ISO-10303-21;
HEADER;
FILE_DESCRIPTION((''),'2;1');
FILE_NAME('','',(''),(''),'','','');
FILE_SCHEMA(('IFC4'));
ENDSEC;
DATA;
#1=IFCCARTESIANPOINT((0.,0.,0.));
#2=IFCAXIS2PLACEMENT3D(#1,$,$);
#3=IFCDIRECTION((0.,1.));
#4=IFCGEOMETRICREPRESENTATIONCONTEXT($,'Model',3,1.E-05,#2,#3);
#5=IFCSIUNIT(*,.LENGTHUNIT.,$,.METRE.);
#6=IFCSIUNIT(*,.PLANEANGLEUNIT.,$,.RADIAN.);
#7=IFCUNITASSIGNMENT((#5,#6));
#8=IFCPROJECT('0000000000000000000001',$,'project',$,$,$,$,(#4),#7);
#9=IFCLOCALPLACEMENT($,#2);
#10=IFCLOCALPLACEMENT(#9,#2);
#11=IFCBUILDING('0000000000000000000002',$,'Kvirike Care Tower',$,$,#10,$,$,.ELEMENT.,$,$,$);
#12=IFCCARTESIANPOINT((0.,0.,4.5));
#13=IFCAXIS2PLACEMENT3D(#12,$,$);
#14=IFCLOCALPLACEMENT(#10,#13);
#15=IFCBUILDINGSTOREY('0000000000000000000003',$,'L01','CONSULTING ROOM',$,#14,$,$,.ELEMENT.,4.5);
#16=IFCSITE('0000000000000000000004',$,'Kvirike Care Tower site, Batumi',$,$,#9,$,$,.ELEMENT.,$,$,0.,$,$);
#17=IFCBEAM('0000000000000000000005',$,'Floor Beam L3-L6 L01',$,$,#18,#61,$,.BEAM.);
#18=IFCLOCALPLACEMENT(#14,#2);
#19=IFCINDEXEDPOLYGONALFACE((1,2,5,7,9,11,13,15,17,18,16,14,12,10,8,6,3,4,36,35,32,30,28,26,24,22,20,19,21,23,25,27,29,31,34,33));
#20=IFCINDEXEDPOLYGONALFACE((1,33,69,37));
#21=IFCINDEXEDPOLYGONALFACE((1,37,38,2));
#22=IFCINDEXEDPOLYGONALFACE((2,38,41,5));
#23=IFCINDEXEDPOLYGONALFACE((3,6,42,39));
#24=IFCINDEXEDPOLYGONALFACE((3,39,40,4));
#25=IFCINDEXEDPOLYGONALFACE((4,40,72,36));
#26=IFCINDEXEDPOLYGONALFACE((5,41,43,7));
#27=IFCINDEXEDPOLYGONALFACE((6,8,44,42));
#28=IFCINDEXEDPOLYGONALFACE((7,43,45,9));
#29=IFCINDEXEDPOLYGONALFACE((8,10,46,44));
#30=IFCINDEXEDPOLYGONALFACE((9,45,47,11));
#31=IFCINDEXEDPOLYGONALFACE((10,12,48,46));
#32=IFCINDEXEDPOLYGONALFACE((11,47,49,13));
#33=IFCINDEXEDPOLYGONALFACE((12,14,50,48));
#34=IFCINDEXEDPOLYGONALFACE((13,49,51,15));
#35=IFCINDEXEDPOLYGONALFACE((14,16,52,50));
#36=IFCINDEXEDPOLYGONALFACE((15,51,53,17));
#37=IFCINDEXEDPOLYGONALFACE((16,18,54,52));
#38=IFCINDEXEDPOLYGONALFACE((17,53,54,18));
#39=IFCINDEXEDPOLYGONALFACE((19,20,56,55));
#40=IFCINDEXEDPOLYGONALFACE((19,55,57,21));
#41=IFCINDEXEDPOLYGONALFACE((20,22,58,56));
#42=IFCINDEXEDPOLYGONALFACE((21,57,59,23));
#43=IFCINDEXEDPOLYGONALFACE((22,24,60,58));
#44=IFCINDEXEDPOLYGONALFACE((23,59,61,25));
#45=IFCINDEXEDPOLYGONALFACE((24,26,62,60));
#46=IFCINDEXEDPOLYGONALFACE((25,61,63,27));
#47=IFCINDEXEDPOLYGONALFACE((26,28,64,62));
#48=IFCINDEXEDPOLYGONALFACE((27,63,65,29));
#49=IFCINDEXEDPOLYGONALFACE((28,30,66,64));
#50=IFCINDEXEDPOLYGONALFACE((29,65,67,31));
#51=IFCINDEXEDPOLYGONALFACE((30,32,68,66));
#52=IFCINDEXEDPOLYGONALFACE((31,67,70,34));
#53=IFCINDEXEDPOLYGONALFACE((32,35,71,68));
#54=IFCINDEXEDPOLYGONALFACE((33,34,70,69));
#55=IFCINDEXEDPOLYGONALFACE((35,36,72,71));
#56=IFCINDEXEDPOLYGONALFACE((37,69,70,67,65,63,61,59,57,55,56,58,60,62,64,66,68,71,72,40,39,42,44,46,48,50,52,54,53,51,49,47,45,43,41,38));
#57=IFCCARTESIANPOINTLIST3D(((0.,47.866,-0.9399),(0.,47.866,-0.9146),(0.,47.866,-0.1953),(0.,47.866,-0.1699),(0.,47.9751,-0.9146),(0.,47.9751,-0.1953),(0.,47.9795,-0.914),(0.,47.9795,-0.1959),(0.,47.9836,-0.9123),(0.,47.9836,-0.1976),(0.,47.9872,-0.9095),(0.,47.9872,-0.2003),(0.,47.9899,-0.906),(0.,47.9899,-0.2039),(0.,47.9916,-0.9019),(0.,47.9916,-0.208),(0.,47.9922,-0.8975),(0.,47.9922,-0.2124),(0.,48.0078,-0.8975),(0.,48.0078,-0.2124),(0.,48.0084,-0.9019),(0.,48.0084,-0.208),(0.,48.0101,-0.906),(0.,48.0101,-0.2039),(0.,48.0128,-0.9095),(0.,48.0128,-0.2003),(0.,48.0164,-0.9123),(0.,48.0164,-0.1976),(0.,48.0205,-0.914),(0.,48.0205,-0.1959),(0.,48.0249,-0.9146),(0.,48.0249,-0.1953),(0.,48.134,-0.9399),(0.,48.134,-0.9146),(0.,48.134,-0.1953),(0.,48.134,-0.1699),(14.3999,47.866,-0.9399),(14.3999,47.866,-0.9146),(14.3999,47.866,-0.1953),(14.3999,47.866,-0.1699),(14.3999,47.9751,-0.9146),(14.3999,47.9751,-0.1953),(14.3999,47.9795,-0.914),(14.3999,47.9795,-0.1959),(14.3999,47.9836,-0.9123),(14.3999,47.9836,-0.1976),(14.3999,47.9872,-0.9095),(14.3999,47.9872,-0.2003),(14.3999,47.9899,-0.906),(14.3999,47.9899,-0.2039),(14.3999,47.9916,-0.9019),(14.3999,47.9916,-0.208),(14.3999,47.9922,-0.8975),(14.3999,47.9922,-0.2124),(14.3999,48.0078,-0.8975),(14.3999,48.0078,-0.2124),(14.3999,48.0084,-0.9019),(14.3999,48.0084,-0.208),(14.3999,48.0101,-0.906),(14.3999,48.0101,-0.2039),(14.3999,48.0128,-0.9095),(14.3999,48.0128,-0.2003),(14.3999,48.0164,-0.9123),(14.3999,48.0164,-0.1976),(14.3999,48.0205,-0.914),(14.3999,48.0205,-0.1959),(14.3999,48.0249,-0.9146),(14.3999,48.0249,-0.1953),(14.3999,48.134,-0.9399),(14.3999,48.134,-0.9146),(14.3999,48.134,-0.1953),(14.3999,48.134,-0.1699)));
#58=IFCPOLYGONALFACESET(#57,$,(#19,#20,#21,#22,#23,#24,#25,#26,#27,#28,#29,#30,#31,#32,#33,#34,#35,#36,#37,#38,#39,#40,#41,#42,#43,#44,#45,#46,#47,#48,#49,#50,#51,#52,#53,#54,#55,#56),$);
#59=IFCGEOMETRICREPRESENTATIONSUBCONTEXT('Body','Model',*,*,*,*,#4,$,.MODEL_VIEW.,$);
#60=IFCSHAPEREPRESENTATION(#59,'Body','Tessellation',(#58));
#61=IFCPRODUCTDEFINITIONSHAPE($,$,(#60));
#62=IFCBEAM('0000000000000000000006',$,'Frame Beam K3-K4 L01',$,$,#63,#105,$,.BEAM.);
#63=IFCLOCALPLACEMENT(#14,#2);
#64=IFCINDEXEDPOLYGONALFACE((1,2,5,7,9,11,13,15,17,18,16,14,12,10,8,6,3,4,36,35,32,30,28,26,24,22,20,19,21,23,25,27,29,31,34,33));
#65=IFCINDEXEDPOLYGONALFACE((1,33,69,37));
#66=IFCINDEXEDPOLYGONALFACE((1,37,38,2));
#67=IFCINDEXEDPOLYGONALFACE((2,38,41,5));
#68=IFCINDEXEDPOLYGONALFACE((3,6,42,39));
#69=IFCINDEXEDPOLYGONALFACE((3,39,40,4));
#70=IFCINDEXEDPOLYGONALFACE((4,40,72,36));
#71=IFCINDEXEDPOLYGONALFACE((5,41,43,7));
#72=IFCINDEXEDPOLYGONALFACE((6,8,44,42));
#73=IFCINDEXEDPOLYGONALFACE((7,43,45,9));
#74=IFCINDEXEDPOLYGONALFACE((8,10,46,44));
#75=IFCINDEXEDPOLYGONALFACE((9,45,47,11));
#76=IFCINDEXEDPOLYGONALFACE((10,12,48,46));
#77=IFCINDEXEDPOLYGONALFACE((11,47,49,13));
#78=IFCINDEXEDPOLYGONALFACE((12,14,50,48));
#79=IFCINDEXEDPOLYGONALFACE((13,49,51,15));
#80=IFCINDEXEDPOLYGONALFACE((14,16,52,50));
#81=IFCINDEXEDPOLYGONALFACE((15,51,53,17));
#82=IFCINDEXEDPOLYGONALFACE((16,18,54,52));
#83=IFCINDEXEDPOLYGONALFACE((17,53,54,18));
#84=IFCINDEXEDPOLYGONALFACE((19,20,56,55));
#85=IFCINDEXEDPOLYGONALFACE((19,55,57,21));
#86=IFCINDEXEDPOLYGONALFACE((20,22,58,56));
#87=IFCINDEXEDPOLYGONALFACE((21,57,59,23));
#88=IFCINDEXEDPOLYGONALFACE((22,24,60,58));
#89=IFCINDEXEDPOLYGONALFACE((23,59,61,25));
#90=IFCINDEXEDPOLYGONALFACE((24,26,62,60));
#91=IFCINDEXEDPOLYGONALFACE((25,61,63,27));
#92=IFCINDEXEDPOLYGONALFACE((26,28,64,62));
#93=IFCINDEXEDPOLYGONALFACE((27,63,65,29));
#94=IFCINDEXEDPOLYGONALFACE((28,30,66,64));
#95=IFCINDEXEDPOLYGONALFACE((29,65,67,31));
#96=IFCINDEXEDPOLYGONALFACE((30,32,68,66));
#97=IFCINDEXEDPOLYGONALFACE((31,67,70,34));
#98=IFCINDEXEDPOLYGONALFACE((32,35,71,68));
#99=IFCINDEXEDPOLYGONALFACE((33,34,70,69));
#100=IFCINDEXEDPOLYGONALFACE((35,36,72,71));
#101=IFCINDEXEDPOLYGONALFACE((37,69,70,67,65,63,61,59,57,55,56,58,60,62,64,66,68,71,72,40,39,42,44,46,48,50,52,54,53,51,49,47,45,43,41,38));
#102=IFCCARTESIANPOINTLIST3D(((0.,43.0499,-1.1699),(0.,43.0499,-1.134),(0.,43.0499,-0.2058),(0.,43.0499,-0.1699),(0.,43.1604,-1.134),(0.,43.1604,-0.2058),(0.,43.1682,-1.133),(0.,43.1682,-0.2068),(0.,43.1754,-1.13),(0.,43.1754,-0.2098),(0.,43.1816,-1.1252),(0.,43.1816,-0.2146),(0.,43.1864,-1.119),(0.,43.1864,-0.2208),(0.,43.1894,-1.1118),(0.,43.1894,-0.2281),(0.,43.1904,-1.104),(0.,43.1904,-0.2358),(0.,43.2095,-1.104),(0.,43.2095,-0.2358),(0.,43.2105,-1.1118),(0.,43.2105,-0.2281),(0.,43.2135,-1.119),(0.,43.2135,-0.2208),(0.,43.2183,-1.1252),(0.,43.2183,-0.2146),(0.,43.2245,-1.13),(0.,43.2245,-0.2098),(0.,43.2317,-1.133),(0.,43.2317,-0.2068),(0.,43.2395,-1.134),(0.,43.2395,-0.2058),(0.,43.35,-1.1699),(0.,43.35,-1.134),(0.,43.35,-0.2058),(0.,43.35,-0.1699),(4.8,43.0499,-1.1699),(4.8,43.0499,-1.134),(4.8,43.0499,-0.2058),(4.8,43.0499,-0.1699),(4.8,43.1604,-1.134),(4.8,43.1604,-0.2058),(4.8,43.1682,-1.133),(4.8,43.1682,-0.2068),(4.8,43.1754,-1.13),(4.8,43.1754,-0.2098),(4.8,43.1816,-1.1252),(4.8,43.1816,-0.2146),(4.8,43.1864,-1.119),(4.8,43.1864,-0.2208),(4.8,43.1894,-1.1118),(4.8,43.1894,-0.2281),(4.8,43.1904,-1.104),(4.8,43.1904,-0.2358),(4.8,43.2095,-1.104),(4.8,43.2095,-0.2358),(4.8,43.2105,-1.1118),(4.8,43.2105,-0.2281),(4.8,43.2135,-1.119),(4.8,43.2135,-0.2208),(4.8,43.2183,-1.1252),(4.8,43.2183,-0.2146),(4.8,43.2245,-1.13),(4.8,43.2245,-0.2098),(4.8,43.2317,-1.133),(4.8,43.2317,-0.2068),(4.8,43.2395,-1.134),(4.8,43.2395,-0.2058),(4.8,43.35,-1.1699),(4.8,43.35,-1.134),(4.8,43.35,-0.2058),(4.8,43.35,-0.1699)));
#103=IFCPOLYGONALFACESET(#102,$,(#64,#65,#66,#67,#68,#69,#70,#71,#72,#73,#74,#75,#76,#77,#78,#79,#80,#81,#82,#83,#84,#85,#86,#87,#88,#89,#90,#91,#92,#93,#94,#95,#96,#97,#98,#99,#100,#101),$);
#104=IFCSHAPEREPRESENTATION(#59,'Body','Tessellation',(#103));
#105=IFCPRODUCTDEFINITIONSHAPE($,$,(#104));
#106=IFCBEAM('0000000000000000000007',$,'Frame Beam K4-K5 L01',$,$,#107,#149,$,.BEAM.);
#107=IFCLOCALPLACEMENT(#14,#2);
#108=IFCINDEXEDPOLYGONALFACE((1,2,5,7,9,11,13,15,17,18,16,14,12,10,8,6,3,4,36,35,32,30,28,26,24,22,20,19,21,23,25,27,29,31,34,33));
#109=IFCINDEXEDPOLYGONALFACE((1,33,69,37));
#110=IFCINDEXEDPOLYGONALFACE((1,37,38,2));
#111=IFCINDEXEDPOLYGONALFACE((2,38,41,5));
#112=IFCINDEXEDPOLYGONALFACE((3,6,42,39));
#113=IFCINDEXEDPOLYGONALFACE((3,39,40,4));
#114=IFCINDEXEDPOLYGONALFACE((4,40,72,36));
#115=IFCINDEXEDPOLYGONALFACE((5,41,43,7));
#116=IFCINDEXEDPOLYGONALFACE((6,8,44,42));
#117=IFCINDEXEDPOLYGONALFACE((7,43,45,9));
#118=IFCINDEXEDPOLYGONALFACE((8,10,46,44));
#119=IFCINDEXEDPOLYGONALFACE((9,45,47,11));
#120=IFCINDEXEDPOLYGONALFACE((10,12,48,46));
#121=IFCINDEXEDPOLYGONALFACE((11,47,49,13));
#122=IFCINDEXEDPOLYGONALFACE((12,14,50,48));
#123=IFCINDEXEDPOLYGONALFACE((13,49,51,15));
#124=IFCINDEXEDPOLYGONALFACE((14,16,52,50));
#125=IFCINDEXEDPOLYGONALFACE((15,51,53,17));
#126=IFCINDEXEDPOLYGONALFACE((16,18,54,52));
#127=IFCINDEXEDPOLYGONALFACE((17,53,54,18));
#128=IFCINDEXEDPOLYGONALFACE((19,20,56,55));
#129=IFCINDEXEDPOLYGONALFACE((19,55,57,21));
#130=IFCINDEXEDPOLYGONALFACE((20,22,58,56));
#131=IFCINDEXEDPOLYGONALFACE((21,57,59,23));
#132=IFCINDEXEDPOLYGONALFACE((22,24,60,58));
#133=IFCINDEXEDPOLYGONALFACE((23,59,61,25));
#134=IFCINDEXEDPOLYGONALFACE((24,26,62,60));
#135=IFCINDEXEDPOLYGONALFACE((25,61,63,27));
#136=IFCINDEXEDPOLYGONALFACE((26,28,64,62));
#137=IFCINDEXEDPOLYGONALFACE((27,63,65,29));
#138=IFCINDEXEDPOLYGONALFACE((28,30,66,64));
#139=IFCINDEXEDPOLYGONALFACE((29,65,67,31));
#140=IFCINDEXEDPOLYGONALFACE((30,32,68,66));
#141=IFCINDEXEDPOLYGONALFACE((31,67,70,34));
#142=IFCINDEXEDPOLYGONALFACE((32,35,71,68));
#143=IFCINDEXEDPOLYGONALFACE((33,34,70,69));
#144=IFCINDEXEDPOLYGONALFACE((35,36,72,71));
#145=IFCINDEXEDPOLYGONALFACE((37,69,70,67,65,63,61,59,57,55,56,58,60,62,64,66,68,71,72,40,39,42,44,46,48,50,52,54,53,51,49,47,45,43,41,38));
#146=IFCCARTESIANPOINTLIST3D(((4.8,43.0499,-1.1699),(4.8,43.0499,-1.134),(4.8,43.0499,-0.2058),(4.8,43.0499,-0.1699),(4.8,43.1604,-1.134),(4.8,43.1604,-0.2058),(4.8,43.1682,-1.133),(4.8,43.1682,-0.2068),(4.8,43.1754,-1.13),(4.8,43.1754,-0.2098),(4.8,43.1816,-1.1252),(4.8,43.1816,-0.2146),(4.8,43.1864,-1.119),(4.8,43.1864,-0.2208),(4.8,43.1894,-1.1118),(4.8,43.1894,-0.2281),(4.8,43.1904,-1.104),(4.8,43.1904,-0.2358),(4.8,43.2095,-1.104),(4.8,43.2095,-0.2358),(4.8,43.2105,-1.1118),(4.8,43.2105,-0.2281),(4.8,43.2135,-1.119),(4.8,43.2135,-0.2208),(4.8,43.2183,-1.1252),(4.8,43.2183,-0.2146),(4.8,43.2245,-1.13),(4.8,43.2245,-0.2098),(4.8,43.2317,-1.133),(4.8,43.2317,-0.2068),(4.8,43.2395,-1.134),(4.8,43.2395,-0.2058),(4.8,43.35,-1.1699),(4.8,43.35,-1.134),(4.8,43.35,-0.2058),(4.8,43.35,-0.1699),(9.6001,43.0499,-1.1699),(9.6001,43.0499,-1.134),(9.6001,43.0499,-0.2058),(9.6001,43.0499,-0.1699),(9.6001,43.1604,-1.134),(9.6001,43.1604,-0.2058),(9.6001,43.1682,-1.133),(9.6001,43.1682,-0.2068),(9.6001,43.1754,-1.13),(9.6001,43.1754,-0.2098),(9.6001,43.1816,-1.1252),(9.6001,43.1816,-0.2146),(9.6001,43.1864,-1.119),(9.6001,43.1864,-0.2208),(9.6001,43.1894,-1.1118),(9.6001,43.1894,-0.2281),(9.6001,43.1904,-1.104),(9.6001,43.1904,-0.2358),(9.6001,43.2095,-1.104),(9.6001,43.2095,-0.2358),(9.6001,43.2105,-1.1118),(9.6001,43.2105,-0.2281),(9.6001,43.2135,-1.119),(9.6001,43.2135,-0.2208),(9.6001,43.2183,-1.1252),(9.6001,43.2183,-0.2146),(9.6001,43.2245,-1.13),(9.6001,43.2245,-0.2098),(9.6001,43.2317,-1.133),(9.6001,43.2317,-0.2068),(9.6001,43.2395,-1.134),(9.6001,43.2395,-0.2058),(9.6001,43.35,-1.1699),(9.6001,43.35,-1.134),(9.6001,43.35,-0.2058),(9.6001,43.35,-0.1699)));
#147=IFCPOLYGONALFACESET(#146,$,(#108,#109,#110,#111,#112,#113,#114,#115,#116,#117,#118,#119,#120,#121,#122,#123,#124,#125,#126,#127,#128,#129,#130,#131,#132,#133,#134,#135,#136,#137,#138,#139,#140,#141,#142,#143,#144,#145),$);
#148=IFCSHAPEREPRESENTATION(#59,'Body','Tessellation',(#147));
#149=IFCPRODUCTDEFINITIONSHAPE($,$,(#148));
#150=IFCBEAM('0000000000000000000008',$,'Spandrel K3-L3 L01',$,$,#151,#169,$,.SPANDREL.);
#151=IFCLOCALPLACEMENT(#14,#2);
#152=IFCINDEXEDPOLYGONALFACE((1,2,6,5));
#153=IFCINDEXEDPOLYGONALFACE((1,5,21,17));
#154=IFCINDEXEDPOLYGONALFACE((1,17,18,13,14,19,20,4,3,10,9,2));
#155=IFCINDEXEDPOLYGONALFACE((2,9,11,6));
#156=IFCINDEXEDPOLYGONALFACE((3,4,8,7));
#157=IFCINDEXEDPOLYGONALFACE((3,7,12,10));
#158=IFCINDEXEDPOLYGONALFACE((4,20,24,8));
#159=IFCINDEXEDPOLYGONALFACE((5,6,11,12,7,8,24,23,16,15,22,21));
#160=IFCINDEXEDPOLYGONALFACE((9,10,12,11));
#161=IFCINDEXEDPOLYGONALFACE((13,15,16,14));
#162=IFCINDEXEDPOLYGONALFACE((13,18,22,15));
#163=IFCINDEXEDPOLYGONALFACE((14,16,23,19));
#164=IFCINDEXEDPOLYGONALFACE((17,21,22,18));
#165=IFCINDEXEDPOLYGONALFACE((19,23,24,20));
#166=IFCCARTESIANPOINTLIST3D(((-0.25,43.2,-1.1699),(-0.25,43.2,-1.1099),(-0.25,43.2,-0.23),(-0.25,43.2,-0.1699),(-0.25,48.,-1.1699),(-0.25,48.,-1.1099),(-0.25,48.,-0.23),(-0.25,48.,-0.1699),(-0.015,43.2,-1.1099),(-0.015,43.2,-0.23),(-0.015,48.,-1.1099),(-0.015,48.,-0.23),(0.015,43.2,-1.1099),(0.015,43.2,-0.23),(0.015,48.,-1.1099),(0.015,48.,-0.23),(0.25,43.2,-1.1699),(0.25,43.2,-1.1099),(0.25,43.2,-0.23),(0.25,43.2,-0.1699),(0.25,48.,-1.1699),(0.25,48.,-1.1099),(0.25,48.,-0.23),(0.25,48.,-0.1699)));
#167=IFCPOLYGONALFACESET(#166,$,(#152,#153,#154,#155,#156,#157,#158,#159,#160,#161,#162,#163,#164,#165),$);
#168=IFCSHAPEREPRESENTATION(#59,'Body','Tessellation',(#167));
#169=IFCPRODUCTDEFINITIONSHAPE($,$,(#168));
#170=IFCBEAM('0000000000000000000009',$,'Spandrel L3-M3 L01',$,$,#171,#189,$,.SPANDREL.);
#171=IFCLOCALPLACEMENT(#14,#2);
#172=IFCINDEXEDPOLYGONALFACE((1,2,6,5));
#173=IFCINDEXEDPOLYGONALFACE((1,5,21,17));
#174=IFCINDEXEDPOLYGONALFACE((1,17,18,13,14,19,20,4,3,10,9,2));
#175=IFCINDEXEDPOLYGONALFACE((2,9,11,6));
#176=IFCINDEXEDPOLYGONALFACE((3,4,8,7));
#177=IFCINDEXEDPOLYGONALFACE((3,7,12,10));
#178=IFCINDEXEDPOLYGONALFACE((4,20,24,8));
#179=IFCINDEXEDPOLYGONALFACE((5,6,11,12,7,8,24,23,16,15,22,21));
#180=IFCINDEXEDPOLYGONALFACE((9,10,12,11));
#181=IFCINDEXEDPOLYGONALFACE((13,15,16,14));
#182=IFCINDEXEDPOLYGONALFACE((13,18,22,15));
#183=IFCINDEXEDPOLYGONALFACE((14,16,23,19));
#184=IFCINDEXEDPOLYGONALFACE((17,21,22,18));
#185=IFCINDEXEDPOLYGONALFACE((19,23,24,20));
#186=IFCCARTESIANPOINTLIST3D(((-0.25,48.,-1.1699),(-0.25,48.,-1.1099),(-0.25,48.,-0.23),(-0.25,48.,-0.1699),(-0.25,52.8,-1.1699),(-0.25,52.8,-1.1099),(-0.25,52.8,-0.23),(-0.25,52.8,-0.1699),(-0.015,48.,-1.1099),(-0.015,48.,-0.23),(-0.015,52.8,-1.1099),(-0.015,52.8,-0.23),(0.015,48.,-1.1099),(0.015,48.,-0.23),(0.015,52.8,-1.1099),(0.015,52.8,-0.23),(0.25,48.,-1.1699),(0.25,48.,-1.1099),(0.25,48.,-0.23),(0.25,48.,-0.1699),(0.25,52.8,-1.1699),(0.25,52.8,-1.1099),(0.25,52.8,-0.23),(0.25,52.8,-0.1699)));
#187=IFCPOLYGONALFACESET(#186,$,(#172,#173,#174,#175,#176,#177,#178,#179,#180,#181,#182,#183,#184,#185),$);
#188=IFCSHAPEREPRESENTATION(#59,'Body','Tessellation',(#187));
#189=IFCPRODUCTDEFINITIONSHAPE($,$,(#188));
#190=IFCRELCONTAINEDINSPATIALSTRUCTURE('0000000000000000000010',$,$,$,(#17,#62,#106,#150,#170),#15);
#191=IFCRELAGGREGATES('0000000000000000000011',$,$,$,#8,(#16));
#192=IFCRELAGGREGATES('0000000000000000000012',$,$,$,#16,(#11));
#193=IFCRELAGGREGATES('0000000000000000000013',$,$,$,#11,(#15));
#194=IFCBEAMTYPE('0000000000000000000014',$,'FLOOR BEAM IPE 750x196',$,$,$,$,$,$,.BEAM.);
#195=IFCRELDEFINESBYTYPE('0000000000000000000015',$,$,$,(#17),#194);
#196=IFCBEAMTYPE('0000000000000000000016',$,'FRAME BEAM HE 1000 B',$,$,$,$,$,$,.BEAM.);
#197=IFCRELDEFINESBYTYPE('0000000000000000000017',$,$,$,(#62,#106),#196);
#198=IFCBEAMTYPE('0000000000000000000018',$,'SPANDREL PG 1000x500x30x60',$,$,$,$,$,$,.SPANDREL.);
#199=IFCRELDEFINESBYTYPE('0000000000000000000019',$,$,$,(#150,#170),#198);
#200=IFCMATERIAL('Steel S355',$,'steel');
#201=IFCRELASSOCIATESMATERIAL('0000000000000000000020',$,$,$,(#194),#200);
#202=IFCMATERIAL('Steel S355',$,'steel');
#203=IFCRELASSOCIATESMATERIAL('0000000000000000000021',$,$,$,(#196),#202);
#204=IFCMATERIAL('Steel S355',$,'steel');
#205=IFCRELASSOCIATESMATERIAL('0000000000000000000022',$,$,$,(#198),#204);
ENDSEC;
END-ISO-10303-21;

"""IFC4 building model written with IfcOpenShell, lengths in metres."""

from ifc_helpers import new_model, si_unit, direction, frame, origin, origin_2d, place, context, subcontext, project, spatial, i_section, extrude, material, material_profile, profile_set, type_object, element, save


model = new_model("IFC4")

# Units and contexts
model_context = context("Model", 3, precision=1e-05, world=origin(), true_north=direction((0.0, 1.0)))
body_context = subcontext(model_context, "Body", "Model", "MODEL_VIEW")
ifc_project = project(units=[si_unit("LENGTHUNIT", "METRE"), si_unit("PLANEANGLEUNIT", "RADIAN")], contexts=[model_context])

# Site, building, storey
site_placement = place(None, origin())
site = spatial("IfcSite", under=ifc_project, at=site_placement, Name="Kvirike Care Tower site, Batumi", CompositionType="ELEMENT", RefElevation=0.0)
building_placement = place(site_placement, origin())
building = spatial("IfcBuilding", under=site, at=building_placement, Name="Kvirike Care Tower", CompositionType="ELEMENT")
storey_placement = place(building_placement, frame((0.0, 0.0, 4.5)))
storey = spatial("IfcBuildingStorey", under=building, at=storey_placement, Name="L01", Description="CONSULTING ROOM", CompositionType="ELEMENT", Elevation=4.5)

# Beams
ifc_material_1 = material(Name="Steel S355", Category="steel")
ifc_material_profile_1 = material_profile(ifc_material_1, i_section(OverallWidth=0.2681, OverallDepth=0.77, WebThickness=0.0156, FlangeThickness=0.0254, FilletRadius=0.0171, at=origin_2d()), Name="IPE 750x196")
ifc_profile_set_1 = profile_set([ifc_material_profile_1], Name="Steel S355")
beam_type_1 = type_object("IfcBeamType", Name="FLOOR BEAM IPE 750x196", PredefinedType="BEAM", material=ifc_profile_set_1)
beam_placement = place(storey_placement, frame((0.0, 48.0, -0.5549), z_axis=(1.0, 0.0, 0.0), x_axis=(0.0, 1.0, 0.0)))
element("IfcBeam", 1, at=beam_placement, inside=storey, type_object=beam_type_1, Name="Floor Beam L3-L6 L01", PredefinedType="BEAM", context=body_context, shape_type="SweptSolid", body=[
    extrude(i_section(OverallWidth=0.2681, OverallDepth=0.77, WebThickness=0.0156, FlangeThickness=0.0254, FilletRadius=0.0171, at=origin_2d()), origin(), (0.0, 0.0, 1.0), 14.3999),
])
ifc_material_2 = material(Name="Steel S355", Category="steel")
ifc_material_profile_2 = material_profile(ifc_material_2, i_section(OverallWidth=0.3, OverallDepth=1.0, WebThickness=0.019, FlangeThickness=0.0359, FilletRadius=0.03, at=origin_2d()), Name="HE 1000 B")
ifc_profile_set_2 = profile_set([ifc_material_profile_2], Name="Steel S355")
beam_type_2 = type_object("IfcBeamType", Name="FRAME BEAM HE 1000 B", PredefinedType="BEAM", material=ifc_profile_set_2)
for number, where, z_axis, x_axis, name in (
    (2, (0.0, 43.2, -0.6699), (1.0, 0.0, 0.0), (0.0, 1.0, 0.0), "Frame Beam K3-K4 L01"),
    (3, (4.8, 43.2, -0.6699), (1.0, 0.0, 0.0), (0.0, 1.0, 0.0), "Frame Beam K4-K5 L01"),
):
    element("IfcBeam", number, at=place(storey_placement, frame(where, z_axis=z_axis, x_axis=x_axis)), inside=storey, type_object=beam_type_2, Name=name, PredefinedType="BEAM", context=body_context, shape_type="SweptSolid", body=[
        extrude(i_section(OverallWidth=0.3, OverallDepth=1.0, WebThickness=0.019, FlangeThickness=0.0359, FilletRadius=0.03, at=origin_2d()), origin(), (0.0, 0.0, 1.0), 4.8),
    ])
ifc_material_3 = material(Name="Steel S355", Category="steel")
ifc_material_profile_3 = material_profile(ifc_material_3, i_section(OverallWidth=0.5, OverallDepth=1.0, WebThickness=0.03, FlangeThickness=0.0601, at=origin_2d()), Name="PG 1000x500x30x60")
ifc_profile_set_3 = profile_set([ifc_material_profile_3], Name="Steel S355")
beam_type_3 = type_object("IfcBeamType", Name="SPANDREL PG 1000x500x30x60", PredefinedType="SPANDREL", material=ifc_profile_set_3)
for number, where, z_axis, x_axis, name in (
    (4, (0.0, 43.2, -0.6699), (0.0, 1.0, 0.0), (-1.0, 0.0, 0.0), "Spandrel K3-L3 L01"),
    (5, (0.0, 48.0, -0.6699), (0.0, 1.0, 0.0), (-1.0, 0.0, 0.0), "Spandrel L3-M3 L01"),
):
    element("IfcBeam", number, at=place(storey_placement, frame(where, z_axis=z_axis, x_axis=x_axis)), inside=storey, type_object=beam_type_3, Name=name, PredefinedType="SPANDREL", context=body_context, shape_type="SweptSolid", body=[
        extrude(i_section(OverallWidth=0.5, OverallDepth=1.0, WebThickness=0.03, FlangeThickness=0.0601, at=origin_2d()), origin(), (0.0, 0.0, 1.0), 4.8),
    ])

save(model, "model.ifc")
